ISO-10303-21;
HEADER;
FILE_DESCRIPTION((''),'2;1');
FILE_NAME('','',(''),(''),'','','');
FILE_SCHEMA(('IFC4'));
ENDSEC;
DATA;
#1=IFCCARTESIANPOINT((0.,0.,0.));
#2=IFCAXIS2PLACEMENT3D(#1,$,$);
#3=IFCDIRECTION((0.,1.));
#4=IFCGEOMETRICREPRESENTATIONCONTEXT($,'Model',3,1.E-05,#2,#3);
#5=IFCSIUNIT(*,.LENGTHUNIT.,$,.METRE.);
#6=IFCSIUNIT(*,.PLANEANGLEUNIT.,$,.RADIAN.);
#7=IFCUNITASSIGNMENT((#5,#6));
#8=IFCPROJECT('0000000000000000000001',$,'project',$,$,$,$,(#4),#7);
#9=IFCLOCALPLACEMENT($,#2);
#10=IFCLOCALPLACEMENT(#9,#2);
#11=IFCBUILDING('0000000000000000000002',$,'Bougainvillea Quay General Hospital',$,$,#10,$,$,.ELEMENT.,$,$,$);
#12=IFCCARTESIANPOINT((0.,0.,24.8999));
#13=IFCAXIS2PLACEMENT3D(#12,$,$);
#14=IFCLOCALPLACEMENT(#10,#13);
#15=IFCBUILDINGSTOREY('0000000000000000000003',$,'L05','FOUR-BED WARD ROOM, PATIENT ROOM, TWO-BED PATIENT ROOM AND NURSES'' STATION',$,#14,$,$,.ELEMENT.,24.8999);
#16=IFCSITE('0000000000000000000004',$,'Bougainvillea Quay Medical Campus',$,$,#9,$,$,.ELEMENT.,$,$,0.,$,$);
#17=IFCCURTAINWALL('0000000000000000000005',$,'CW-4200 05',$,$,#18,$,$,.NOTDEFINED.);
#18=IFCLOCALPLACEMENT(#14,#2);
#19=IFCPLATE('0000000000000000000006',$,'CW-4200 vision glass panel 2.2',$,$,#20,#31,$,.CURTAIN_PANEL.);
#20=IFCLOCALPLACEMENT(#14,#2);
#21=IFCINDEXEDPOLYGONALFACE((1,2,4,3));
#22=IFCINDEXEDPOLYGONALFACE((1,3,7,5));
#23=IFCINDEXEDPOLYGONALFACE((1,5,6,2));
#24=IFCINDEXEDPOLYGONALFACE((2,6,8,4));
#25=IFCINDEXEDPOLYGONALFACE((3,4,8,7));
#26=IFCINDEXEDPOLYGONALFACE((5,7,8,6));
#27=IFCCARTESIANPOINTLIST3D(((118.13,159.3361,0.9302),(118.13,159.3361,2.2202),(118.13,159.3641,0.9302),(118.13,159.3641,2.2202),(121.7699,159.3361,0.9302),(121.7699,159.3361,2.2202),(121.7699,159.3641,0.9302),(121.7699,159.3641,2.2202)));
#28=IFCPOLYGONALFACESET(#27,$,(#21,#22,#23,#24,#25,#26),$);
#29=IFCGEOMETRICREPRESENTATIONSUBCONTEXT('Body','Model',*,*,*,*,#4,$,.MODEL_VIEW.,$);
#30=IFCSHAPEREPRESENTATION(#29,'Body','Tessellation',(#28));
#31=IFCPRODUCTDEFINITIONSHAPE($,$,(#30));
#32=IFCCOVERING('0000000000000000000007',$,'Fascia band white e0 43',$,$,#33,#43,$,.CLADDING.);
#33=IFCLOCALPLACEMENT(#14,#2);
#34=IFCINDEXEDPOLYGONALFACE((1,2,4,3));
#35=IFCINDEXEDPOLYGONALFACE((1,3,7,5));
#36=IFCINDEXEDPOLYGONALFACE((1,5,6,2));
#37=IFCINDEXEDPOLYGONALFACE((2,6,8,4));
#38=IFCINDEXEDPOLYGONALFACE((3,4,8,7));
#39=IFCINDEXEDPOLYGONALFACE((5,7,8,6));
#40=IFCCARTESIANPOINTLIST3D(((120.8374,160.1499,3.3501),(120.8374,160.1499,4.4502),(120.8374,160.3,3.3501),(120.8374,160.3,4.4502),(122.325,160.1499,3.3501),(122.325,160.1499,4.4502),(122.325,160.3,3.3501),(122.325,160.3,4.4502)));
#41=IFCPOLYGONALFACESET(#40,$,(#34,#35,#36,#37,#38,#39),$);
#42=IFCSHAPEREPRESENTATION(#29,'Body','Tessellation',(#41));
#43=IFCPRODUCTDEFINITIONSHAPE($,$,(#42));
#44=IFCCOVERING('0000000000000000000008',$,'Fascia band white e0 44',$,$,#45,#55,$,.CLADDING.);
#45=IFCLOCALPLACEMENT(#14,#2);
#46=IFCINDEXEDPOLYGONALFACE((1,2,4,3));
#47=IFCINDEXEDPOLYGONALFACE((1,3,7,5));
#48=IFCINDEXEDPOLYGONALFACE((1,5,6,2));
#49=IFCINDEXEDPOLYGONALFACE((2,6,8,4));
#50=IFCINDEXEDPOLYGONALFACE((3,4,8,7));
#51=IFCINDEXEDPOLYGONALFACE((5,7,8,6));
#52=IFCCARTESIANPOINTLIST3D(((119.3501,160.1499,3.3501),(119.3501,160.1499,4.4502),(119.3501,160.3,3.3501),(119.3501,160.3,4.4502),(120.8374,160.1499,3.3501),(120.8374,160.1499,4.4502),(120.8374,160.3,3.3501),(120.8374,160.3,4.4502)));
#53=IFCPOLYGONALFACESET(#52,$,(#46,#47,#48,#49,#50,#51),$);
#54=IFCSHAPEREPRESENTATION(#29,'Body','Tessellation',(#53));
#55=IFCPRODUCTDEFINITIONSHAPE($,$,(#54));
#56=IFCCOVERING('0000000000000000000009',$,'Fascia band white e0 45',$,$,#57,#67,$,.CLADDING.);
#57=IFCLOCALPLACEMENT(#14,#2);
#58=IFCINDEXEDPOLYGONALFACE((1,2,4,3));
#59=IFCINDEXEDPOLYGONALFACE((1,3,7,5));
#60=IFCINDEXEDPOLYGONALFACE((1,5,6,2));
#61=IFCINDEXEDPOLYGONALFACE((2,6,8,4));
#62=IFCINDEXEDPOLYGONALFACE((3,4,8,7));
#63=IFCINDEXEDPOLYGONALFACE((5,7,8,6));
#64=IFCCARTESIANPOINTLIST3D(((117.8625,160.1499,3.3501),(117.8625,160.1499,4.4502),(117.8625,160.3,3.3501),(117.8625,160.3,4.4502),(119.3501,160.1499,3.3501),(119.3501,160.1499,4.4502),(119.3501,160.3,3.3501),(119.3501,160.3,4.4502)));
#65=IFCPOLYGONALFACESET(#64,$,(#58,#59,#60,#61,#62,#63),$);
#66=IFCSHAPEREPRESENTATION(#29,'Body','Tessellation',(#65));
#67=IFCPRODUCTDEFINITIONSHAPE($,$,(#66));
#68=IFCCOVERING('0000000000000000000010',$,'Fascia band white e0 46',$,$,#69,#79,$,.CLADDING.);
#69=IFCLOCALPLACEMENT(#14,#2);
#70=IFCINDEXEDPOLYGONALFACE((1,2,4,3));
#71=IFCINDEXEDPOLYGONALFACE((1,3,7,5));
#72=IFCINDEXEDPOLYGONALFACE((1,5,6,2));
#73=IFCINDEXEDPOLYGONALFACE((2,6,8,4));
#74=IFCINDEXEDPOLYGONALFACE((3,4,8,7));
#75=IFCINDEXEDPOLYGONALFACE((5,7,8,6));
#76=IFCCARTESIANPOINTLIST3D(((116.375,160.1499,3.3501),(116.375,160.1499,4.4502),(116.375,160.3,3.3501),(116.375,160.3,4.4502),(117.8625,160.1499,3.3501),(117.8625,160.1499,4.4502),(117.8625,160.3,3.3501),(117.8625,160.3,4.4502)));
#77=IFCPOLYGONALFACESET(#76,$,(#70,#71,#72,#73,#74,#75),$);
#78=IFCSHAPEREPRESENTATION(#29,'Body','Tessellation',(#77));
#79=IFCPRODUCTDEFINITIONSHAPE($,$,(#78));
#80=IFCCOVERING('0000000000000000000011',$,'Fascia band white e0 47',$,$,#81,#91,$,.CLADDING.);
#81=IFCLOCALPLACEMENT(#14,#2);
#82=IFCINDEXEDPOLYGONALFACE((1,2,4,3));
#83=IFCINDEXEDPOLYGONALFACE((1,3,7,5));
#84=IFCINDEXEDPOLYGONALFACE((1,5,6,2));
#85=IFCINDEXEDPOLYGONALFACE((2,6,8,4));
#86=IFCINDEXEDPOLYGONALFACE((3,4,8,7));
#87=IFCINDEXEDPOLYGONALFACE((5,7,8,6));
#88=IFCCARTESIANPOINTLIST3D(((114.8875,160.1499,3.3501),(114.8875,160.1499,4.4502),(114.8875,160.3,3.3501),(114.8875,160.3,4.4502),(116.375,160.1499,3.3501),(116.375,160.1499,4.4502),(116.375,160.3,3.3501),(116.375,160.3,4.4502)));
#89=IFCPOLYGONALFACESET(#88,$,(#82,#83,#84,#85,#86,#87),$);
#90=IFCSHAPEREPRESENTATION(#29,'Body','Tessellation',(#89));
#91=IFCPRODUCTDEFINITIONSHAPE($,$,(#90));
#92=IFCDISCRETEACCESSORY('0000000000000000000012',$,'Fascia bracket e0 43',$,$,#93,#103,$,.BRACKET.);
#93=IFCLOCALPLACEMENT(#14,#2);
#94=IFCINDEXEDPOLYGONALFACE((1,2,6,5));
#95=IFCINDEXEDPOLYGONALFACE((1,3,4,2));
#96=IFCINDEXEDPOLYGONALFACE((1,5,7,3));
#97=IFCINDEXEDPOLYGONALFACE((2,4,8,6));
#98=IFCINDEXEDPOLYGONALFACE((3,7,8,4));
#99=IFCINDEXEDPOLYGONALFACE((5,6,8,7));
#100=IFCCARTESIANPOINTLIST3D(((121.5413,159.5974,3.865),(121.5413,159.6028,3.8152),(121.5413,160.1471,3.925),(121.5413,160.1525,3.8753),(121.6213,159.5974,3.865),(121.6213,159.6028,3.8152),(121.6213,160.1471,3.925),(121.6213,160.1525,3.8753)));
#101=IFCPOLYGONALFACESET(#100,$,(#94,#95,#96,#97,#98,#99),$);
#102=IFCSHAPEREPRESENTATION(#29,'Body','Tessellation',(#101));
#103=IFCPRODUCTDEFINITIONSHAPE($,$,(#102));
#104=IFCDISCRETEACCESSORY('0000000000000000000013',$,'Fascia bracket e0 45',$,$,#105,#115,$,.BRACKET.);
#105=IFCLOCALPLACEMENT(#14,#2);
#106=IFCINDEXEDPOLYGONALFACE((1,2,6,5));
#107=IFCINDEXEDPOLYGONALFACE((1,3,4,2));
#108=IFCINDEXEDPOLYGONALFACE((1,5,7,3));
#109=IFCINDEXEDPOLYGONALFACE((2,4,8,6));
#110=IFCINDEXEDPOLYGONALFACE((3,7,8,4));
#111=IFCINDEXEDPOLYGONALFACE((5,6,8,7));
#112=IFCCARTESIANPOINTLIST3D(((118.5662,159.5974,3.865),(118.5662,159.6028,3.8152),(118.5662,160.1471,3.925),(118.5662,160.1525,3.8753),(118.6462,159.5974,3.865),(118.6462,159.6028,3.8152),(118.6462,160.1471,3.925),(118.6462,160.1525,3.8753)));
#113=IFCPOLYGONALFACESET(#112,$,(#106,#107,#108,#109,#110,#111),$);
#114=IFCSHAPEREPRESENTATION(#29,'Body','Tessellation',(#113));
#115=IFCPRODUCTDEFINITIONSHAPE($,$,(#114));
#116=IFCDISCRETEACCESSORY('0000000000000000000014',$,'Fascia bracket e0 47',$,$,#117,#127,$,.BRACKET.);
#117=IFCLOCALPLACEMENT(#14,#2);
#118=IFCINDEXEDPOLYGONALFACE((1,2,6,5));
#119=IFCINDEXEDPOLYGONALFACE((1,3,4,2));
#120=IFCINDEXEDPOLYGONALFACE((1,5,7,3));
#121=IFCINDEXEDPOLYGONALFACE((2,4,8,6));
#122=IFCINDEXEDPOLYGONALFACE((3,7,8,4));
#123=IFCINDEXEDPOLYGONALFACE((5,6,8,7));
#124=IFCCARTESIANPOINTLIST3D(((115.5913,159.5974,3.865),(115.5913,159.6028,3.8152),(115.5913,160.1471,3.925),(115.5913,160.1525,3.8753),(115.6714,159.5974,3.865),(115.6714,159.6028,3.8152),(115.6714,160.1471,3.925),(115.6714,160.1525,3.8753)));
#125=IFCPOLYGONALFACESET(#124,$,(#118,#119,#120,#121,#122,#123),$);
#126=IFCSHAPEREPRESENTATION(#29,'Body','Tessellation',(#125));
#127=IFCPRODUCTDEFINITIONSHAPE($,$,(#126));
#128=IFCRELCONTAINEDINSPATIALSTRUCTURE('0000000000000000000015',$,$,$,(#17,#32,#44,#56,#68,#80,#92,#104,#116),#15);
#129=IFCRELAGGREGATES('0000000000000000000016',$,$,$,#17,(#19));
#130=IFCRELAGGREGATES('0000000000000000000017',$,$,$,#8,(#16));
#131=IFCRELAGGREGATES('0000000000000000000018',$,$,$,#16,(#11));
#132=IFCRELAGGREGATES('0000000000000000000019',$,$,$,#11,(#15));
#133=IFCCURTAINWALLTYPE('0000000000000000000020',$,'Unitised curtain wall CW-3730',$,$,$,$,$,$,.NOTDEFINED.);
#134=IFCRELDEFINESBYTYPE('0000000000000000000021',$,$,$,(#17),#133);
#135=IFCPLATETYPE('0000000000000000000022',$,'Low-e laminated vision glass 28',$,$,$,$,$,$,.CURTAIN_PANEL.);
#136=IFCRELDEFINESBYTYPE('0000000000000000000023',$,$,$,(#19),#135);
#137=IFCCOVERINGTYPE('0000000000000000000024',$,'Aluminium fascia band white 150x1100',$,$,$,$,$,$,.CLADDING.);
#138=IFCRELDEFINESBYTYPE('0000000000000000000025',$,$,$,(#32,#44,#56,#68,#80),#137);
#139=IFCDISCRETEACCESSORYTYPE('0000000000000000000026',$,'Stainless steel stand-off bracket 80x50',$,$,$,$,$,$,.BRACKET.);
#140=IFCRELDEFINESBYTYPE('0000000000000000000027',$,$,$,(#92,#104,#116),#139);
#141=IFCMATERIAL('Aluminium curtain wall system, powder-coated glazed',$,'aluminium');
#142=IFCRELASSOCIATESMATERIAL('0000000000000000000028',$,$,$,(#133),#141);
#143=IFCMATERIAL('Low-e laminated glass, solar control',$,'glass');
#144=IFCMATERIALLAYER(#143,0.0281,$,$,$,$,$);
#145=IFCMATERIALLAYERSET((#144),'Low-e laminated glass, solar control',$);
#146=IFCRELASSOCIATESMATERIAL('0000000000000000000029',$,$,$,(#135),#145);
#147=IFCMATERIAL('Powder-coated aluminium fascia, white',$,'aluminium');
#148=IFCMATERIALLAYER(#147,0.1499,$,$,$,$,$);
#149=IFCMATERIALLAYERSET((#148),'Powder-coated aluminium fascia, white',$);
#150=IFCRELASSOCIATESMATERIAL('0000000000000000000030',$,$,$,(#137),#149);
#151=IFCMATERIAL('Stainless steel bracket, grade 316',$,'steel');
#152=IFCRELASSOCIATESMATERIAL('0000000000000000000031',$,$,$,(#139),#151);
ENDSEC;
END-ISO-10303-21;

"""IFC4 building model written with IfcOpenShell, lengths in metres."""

from ifc_helpers import new_model, si_unit, direction, frame, origin, origin_2d, place, context, subcontext, project, spatial, polyline, rectangle, outline, extrude, material, layer, layer_set, material_profile, profile_set, type_object, element, aggregate, save


model = new_model("IFC4")

# Units and contexts
model_context = context("Model", 3, precision=1e-05, world=origin(), true_north=direction((0.0, 1.0)))
body_context = subcontext(model_context, "Body", "Model", "MODEL_VIEW")
ifc_project = project(units=[si_unit("LENGTHUNIT", "METRE"), si_unit("PLANEANGLEUNIT", "RADIAN")], contexts=[model_context])

# Site, building, storey
site_placement = place(None, origin())
site = spatial("IfcSite", under=ifc_project, at=site_placement, Name="Bougainvillea Quay Medical Campus", CompositionType="ELEMENT", RefElevation=0.0)
building_placement = place(site_placement, origin())
building = spatial("IfcBuilding", under=site, at=building_placement, Name="Bougainvillea Quay General Hospital", CompositionType="ELEMENT")
storey_placement = place(building_placement, frame((0.0, 0.0, 24.8999)))
storey = spatial("IfcBuildingStorey", under=building, at=storey_placement, Name="L05", Description="FOUR-BED WARD ROOM, PATIENT ROOM, TWO-BED PATIENT ROOM AND NURSES' STATION", CompositionType="ELEMENT", Elevation=24.8999)

# Curtain wall
ifc_material_1 = material(Name="Aluminium curtain wall system, powder-coated glazed", Category="aluminium")
curtain_wall_type = type_object("IfcCurtainWallType", Name="Unitised curtain wall CW-3730", PredefinedType="NOTDEFINED", material=ifc_material_1)
curtain_wall_1_placement = place(storey_placement, origin())
curtain_wall_1 = element("IfcCurtainWall", 1, at=curtain_wall_1_placement, inside=storey, type_object=curtain_wall_type, Name="CW-4200 05", PredefinedType="NOTDEFINED")

# Plate
ifc_material_2 = material(Name="Low-e laminated glass, solar control", Category="glass")
ifc_layer_1 = layer(ifc_material_2, 0.0281)
ifc_layer_set_1 = layer_set([ifc_layer_1], Name="Low-e laminated glass, solar control")
plate_type_1 = type_object("IfcPlateType", Name="Low-e laminated vision glass 28", PredefinedType="CURTAIN_PANEL", material=ifc_layer_set_1)
plate_1_placement = place(storey_placement, frame((119.95, 159.3501, 0.9302), z_axis=(0.0, 0.0, 1.0), x_axis=(-1.0, 0.0, 0.0)))
plate_1 = element("IfcPlate", 2, at=plate_1_placement, type_object=plate_type_1, Name="CW-4200 vision glass panel 2.2", PredefinedType="CURTAIN_PANEL", context=body_context, shape_type="SweptSolid", body=[
    extrude(rectangle(XDim=3.6399, YDim=0.0281, at=origin_2d()), origin(), (0.0, 0.0, 1.0), 1.29),
])
aggregate(curtain_wall_1, [plate_1])

# Coverings
ifc_material_3 = material(Name="Powder-coated aluminium fascia, white", Category="aluminium")
ifc_layer_2 = layer(ifc_material_3, 0.1499)
ifc_layer_set_2 = layer_set([ifc_layer_2], Name="Powder-coated aluminium fascia, white")
covering_type = type_object("IfcCoveringType", Name="Aluminium fascia band white 150x1100", PredefinedType="CLADDING", material=ifc_layer_set_2)
covering_1_placement = place(storey_placement, frame((122.325, 160.1499, 3.3501), z_axis=(0.0, 0.0, 1.0), x_axis=(-1.0, 0.0, 0.0)))
element("IfcCovering", 3, at=covering_1_placement, inside=storey, type_object=covering_type, Name="Fascia band white e0 43", PredefinedType="CLADDING", context=body_context, shape_type="SweptSolid", body=[
    extrude(outline(polyline([(0.0, 0.0), (1.4875, 0.0), (1.4875, -0.1501), (0.0, -0.1501), (0.0, 0.0)])), origin(), (0.0, 0.0, 1.0), 1.1001),
])
covering_2_placement = place(storey_placement, frame((120.8374, 160.1499, 3.3501), z_axis=(0.0, 0.0, 1.0), x_axis=(-1.0, 0.0, 0.0)))
element("IfcCovering", 4, at=covering_2_placement, inside=storey, type_object=covering_type, Name="Fascia band white e0 44", PredefinedType="CLADDING", context=body_context, shape_type="SweptSolid", body=[
    extrude(outline(polyline([(0.0, 0.0), (1.4873, 0.0), (1.4873, -0.1501), (0.0, -0.1501), (0.0, 0.0)])), origin(), (0.0, 0.0, 1.0), 1.1001),
])
for number, where, z_axis, x_axis, name in (
    (5, (119.3501, 160.1499, 3.3501), (0.0, 0.0, 1.0), (-1.0, 0.0, 0.0), "Fascia band white e0 45"),
    (6, (117.8625, 160.1499, 3.3501), (0.0, 0.0, 1.0), (-1.0, 0.0, 0.0), "Fascia band white e0 46"),
    (7, (116.375, 160.1499, 3.3501), (0.0, 0.0, 1.0), (-1.0, 0.0, 0.0), "Fascia band white e0 47"),
):
    element("IfcCovering", number, at=place(storey_placement, frame(where, z_axis=z_axis, x_axis=x_axis)), inside=storey, type_object=covering_type, Name=name, PredefinedType="CLADDING", context=body_context, shape_type="SweptSolid", body=[
        extrude(outline(polyline([(0.0, 0.0), (1.4875, 0.0), (1.4875, -0.1501), (0.0, -0.1501), (0.0, 0.0)])), origin(), (0.0, 0.0, 1.0), 1.1001),
    ])

# Discrete accessories
ifc_material_4 = material(Name="Stainless steel bracket, grade 316", Category="steel")
ifc_material_profile_1 = material_profile(ifc_material_4, rectangle(XDim=0.0801, YDim=0.05, at=origin_2d()))
ifc_profile_set_1 = profile_set([ifc_material_profile_1], Name="Stainless steel bracket, grade 316")
discrete_accessory_type = type_object("IfcDiscreteAccessoryType", Name="Stainless steel stand-off bracket 80x50", PredefinedType="BRACKET", material=ifc_profile_set_1)
for number, where, z_axis, x_axis, name in (
    (8, (121.5813, 159.6001, 3.8401), (0.0, 0.994087, 0.10859), (-1.0, 0.0, 0.0), "Fascia bracket e0 43"),
    (9, (118.6062, 159.6001, 3.8401), (0.0, 0.994087, 0.10859), (-1.0, 0.0, 0.0), "Fascia bracket e0 45"),
    (10, (115.6313, 159.6001, 3.8401), (0.0, 0.994087, 0.10859), (-1.0, 0.0, 0.0), "Fascia bracket e0 47"),
):
    element("IfcDiscreteAccessory", number, at=place(storey_placement, frame(where, z_axis=z_axis, x_axis=x_axis)), inside=storey, type_object=discrete_accessory_type, Name=name, PredefinedType="BRACKET", context=body_context, shape_type="SweptSolid", body=[
        extrude(rectangle(XDim=0.0801, YDim=0.05, at=origin_2d()), origin(), (0.0, 0.0, 1.0), 0.553),
    ])

save(model, "model.ifc")
